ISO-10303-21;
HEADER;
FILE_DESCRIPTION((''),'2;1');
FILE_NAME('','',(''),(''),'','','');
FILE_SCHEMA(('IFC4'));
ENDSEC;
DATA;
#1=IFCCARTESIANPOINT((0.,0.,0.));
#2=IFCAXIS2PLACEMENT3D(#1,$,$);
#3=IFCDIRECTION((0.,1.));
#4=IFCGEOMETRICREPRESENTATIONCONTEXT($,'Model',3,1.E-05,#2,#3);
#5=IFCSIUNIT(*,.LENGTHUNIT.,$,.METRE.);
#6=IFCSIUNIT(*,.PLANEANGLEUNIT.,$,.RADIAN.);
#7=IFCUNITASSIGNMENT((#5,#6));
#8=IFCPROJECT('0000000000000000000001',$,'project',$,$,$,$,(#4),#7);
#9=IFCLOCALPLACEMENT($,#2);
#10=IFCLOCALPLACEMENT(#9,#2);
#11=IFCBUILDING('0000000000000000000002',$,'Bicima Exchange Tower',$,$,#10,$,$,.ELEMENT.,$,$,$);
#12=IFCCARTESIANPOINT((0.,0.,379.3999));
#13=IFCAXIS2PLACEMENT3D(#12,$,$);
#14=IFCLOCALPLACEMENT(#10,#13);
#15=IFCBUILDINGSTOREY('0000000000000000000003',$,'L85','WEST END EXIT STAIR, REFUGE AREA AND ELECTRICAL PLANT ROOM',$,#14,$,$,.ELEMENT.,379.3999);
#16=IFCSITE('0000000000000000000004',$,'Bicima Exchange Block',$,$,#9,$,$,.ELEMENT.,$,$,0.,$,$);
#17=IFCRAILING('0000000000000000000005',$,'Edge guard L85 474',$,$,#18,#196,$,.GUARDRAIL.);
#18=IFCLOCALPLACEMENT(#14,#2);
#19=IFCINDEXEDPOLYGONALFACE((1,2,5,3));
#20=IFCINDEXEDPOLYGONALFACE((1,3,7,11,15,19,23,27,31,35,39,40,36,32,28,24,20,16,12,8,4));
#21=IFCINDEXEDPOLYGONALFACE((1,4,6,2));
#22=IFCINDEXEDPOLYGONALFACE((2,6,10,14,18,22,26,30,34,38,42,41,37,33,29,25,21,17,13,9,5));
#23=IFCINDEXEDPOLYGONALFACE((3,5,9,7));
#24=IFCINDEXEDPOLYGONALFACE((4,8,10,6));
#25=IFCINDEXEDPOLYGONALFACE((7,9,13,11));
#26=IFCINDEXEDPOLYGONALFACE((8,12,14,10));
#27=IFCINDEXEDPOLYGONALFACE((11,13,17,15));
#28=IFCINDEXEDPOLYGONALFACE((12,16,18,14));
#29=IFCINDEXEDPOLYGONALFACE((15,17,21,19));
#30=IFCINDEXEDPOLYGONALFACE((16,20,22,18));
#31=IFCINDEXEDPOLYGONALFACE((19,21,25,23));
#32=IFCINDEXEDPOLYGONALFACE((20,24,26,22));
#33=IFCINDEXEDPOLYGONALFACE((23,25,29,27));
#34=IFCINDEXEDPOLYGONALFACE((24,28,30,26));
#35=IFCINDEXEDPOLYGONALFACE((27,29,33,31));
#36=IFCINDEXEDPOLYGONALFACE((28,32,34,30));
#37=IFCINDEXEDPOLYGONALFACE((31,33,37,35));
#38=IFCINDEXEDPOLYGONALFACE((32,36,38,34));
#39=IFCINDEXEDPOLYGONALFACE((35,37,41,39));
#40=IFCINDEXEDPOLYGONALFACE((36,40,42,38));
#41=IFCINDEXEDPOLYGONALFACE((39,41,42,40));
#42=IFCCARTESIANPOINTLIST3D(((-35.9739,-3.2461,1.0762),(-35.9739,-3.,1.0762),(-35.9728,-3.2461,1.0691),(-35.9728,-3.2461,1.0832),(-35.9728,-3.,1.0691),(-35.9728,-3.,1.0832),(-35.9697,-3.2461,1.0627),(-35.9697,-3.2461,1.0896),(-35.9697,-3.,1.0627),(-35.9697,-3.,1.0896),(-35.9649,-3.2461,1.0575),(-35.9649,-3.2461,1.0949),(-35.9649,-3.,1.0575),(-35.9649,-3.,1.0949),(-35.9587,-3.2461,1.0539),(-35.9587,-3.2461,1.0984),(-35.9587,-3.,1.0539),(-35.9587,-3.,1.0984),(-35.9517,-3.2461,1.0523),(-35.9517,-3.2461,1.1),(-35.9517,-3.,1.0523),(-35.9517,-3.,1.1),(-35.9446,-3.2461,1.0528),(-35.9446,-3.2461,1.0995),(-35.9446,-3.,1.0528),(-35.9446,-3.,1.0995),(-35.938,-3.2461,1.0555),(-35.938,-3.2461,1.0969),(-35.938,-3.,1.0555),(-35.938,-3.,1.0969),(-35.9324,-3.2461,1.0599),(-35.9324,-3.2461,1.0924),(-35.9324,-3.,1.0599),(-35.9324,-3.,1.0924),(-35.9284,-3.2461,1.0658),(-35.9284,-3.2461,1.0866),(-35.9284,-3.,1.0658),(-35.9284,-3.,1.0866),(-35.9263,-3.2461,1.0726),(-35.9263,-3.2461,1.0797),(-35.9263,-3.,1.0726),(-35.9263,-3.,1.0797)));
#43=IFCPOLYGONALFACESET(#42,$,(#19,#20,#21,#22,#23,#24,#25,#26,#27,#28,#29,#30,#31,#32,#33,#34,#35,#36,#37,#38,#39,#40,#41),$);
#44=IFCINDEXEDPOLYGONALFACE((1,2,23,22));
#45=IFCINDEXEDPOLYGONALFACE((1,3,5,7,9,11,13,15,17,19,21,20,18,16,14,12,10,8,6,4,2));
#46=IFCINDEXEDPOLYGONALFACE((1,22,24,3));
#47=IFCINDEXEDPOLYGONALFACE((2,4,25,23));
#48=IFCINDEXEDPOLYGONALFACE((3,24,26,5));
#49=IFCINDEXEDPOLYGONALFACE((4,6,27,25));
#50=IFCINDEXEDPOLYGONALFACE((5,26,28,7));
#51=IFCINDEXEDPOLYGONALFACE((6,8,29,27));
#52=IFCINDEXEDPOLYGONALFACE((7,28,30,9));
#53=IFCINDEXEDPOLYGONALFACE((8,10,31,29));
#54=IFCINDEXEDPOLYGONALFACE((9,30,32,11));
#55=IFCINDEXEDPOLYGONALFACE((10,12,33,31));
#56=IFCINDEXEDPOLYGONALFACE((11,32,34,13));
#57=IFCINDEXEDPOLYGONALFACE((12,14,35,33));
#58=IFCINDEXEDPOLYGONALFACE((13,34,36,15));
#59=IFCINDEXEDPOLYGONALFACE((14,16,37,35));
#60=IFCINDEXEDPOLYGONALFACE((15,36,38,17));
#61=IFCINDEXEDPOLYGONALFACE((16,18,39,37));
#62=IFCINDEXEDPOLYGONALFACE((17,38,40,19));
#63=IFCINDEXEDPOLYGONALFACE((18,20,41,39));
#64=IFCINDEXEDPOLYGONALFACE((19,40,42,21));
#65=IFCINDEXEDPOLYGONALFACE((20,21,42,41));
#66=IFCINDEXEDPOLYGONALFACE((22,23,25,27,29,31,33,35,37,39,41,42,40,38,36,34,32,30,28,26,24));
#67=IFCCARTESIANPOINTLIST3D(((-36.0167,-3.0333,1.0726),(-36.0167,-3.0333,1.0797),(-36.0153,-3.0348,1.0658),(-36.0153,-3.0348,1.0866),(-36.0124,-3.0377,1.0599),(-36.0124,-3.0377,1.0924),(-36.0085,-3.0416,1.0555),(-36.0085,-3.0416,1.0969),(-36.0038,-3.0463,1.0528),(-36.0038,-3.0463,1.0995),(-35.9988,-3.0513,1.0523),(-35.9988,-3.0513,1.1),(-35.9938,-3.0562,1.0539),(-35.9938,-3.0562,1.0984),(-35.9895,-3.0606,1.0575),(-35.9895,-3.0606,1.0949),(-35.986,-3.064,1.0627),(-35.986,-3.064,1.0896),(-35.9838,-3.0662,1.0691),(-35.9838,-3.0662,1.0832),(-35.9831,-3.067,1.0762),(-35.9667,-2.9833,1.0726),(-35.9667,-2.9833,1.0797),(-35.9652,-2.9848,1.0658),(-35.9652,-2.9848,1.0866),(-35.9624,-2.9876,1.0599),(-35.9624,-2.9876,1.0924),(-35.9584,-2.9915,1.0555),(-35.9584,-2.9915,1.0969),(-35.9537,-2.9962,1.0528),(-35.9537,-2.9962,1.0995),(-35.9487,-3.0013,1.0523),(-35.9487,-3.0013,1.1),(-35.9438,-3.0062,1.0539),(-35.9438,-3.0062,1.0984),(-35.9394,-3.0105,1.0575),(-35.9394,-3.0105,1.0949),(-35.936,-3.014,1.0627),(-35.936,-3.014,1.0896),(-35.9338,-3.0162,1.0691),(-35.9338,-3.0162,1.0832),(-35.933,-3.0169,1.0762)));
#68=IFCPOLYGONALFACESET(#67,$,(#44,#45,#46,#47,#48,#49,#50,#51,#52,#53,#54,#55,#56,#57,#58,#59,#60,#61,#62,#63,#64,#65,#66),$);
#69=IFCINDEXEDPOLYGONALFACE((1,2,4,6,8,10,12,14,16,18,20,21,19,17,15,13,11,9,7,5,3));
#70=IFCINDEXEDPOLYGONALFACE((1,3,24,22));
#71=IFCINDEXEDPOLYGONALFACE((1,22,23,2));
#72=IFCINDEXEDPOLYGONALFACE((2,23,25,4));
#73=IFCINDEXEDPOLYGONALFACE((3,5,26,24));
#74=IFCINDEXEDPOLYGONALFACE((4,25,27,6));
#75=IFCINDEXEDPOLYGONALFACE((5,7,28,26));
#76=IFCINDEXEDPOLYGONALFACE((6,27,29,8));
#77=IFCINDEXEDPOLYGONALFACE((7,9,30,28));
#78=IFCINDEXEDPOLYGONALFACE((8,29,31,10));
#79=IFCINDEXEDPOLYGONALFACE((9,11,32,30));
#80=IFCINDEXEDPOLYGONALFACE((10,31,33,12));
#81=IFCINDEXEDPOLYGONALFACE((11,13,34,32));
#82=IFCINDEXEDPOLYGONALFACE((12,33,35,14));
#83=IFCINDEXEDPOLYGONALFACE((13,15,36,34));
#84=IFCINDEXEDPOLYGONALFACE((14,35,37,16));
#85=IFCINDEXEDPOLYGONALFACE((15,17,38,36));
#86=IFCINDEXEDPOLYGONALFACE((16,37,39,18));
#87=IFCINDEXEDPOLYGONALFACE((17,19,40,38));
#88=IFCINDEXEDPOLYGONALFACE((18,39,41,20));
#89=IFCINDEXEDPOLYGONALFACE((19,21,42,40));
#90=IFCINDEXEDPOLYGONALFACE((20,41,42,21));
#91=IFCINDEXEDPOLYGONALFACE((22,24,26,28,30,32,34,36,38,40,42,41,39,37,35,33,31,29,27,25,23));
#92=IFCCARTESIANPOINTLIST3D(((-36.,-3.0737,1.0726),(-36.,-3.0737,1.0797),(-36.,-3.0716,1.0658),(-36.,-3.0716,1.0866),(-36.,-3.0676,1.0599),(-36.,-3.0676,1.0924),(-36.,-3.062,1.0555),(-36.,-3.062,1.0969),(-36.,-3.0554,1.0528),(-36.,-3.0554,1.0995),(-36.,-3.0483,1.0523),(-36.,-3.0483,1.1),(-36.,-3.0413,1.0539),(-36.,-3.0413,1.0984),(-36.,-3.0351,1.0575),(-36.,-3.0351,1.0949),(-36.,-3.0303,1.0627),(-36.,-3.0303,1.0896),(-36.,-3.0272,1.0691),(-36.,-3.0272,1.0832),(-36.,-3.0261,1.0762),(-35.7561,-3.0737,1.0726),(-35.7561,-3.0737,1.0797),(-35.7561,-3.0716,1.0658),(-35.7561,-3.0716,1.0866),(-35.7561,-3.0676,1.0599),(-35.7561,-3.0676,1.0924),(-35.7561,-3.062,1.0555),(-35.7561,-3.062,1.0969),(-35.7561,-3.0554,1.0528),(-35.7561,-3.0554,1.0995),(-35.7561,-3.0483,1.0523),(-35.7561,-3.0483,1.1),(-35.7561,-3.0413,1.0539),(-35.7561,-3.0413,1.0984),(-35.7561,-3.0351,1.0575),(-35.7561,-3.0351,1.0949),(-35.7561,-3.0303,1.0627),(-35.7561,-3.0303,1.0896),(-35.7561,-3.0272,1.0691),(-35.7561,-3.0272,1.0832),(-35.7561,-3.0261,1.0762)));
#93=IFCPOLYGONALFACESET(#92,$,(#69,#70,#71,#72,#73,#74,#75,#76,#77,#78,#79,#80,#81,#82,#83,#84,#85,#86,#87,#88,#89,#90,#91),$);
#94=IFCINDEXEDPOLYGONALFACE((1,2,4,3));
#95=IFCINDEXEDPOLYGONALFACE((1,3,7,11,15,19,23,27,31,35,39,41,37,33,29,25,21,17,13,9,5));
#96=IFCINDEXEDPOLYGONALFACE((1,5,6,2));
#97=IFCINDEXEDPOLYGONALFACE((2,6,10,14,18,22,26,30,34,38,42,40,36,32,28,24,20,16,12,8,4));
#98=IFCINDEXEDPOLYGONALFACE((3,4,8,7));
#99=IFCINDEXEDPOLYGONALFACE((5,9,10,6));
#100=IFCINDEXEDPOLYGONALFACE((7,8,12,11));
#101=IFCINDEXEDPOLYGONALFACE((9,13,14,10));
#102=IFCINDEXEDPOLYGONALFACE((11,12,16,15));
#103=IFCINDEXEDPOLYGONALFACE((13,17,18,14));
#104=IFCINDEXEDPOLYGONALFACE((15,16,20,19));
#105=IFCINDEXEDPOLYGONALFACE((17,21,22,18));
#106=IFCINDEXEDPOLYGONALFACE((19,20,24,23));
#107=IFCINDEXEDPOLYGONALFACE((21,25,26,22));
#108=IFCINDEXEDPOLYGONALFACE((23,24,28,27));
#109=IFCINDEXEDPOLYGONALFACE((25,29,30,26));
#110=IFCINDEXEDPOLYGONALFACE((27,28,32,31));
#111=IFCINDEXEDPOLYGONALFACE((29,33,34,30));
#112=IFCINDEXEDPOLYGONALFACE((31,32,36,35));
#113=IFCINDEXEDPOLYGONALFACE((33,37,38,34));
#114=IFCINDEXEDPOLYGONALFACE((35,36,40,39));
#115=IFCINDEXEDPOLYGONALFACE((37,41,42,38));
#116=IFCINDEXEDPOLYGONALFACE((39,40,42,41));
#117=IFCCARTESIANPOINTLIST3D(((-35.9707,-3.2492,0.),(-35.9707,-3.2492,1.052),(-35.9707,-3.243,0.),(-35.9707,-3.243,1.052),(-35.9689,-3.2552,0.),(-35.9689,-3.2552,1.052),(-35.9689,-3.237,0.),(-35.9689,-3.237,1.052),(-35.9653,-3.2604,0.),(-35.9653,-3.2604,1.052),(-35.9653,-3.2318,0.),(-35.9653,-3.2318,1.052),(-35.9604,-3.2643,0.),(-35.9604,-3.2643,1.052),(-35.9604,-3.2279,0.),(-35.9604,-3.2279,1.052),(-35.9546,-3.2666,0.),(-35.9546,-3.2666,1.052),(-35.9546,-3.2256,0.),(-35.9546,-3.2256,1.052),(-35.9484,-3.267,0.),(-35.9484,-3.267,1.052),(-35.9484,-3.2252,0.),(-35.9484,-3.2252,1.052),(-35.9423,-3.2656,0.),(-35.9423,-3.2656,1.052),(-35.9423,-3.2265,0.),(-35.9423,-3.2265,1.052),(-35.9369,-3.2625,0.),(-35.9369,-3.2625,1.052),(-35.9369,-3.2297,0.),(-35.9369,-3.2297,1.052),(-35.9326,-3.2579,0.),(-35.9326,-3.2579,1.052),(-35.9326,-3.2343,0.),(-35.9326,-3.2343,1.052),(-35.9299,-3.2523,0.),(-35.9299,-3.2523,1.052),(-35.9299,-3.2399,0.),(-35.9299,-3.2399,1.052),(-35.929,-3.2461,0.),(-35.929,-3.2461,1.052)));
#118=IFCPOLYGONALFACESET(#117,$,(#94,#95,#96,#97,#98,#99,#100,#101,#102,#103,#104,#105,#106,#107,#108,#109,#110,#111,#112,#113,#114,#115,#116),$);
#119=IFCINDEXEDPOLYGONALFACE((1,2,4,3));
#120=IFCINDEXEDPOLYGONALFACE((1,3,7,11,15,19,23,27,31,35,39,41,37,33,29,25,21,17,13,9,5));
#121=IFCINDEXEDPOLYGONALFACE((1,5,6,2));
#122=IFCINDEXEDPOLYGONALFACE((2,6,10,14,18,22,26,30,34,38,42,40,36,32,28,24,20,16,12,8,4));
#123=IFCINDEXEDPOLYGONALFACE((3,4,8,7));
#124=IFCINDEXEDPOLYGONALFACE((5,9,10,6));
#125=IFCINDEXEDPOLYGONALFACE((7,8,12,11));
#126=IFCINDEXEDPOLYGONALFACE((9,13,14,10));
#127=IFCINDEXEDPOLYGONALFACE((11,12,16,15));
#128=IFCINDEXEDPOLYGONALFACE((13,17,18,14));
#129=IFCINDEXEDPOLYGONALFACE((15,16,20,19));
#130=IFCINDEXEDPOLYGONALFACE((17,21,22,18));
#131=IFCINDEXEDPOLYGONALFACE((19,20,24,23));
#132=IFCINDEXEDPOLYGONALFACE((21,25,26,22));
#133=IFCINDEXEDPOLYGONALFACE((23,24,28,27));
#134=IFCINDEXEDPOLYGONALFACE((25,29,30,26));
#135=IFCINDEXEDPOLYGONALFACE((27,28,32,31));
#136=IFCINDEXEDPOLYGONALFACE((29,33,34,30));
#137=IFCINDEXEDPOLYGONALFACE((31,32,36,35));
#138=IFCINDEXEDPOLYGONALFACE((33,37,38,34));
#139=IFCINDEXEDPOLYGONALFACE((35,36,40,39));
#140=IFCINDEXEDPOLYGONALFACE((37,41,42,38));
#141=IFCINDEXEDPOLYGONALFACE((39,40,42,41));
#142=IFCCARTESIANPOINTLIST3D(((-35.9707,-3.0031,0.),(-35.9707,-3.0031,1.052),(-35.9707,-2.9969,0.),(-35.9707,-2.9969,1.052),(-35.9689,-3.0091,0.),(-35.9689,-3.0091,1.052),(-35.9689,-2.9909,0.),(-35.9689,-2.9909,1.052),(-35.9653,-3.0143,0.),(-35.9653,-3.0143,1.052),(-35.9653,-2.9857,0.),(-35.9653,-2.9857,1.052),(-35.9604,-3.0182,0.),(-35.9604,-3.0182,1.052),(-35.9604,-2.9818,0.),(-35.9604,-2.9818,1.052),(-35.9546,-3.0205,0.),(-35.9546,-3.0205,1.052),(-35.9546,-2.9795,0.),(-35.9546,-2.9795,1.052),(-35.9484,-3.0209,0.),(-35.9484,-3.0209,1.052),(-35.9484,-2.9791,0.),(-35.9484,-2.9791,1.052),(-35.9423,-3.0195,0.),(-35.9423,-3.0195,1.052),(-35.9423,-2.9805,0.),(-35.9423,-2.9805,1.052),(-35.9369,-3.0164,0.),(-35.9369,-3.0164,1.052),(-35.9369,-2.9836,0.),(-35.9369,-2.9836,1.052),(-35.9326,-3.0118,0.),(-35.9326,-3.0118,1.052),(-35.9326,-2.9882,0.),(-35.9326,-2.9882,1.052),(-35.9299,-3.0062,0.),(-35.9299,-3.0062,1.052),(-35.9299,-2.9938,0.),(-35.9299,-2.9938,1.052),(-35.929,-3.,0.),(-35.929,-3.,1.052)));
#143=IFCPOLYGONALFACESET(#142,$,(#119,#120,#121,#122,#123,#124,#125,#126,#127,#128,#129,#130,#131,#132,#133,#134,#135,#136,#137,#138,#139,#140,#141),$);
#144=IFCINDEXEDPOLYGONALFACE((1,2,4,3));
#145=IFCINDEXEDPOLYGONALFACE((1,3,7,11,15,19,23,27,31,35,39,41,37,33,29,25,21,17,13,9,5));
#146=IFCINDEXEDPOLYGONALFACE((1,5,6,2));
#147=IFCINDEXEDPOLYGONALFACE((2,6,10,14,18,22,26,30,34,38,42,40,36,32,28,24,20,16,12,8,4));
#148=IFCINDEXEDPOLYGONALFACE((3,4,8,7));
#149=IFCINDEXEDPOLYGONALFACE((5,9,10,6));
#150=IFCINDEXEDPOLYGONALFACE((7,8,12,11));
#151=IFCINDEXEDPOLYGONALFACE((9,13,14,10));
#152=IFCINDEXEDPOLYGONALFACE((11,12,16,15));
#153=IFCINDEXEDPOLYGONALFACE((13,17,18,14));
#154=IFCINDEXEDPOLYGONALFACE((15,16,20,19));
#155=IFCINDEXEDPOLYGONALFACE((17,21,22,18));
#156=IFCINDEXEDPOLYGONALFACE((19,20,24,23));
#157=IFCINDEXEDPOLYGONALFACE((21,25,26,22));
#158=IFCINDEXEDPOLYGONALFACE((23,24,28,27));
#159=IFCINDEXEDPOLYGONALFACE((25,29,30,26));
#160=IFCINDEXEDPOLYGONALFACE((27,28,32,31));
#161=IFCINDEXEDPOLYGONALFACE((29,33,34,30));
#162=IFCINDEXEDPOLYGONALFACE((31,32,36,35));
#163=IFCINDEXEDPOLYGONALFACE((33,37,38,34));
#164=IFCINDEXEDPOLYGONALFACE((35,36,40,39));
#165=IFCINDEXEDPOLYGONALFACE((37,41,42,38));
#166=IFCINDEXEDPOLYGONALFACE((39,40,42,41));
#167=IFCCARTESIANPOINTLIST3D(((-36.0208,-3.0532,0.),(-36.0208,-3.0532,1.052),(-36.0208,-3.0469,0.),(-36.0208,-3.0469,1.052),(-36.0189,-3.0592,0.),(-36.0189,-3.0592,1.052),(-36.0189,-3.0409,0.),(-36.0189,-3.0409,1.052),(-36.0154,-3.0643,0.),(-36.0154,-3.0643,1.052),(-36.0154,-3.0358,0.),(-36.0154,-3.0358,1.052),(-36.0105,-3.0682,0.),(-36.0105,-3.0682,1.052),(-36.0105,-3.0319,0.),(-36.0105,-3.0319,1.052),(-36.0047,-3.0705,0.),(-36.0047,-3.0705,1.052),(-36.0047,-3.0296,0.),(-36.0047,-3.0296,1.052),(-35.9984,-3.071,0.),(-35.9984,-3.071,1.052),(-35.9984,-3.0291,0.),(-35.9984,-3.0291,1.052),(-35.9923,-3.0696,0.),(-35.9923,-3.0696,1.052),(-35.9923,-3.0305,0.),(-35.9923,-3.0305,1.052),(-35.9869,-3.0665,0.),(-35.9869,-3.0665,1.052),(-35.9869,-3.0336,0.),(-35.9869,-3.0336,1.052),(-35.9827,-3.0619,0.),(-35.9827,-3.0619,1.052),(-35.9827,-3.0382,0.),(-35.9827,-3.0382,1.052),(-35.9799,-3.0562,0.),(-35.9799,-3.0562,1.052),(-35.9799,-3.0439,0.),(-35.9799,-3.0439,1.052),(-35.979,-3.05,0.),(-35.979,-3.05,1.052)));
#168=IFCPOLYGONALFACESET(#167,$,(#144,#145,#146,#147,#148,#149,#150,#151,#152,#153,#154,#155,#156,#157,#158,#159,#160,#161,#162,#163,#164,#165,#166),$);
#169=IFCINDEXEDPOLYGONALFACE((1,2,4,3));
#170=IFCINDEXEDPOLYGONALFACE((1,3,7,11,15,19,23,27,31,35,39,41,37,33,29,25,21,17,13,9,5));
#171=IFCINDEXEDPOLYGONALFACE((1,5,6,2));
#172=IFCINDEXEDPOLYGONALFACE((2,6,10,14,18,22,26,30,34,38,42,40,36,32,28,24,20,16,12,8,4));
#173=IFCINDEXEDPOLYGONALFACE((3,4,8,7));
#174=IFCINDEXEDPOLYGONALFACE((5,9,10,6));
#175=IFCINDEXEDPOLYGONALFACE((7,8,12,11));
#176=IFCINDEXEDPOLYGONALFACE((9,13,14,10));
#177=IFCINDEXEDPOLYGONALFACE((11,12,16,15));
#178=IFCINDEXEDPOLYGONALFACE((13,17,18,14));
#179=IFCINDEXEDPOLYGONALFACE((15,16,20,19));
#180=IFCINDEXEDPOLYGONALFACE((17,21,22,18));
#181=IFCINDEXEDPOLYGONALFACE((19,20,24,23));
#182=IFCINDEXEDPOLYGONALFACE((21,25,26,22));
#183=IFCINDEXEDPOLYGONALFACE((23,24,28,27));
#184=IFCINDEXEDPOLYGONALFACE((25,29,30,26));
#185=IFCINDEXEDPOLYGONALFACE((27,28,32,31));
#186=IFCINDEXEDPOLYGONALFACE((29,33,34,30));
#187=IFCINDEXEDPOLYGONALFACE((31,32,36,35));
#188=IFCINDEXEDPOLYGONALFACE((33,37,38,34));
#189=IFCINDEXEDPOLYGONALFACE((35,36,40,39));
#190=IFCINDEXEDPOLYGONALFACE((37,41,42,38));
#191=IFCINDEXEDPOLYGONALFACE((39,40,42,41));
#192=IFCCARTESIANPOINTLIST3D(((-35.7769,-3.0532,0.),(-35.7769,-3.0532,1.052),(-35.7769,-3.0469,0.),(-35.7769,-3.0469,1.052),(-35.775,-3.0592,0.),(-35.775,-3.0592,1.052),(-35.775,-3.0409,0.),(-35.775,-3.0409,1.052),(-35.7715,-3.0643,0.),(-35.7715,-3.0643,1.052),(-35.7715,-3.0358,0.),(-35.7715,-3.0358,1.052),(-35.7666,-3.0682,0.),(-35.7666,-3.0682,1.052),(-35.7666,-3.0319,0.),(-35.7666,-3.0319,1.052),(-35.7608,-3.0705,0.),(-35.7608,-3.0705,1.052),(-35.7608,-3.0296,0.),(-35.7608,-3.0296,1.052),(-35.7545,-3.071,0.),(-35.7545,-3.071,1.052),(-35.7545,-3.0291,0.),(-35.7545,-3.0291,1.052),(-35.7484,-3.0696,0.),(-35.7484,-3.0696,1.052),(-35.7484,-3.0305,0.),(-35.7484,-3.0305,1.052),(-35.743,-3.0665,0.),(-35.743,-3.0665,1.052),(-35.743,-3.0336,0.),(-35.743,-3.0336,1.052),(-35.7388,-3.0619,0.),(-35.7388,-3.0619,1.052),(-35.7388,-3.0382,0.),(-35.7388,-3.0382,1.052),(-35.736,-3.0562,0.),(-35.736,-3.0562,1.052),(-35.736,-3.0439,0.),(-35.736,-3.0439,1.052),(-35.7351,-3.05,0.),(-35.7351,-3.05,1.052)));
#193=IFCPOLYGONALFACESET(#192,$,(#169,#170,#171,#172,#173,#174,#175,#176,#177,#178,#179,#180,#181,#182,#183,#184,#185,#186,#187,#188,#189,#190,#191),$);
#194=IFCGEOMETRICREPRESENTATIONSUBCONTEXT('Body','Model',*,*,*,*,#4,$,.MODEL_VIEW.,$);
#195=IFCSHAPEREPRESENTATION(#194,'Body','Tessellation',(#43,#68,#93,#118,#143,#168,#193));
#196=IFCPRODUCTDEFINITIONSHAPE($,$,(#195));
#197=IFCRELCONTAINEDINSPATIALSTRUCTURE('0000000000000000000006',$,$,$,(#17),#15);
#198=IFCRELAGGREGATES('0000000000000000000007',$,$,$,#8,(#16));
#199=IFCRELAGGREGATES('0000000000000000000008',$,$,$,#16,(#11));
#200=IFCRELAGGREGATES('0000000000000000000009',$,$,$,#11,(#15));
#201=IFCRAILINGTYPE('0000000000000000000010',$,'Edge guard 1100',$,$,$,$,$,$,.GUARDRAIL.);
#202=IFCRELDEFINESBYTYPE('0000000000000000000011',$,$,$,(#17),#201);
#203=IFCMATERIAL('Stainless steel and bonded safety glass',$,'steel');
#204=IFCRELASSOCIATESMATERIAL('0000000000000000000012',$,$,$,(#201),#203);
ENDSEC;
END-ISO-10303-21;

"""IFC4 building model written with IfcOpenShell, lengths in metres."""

from ifc_helpers import new_model, si_unit, direction, frame, origin, origin_2d, place, context, subcontext, project, spatial, circle, extrude, material, type_object, element, save


model = new_model("IFC4")

# Units and contexts
model_context = context("Model", 3, precision=1e-05, world=origin(), true_north=direction((0.0, 1.0)))
body_context = subcontext(model_context, "Body", "Model", "MODEL_VIEW")
ifc_project = project(units=[si_unit("LENGTHUNIT", "METRE"), si_unit("PLANEANGLEUNIT", "RADIAN")], contexts=[model_context])

# Site, building, storey
site_placement = place(None, origin())
site = spatial("IfcSite", under=ifc_project, at=site_placement, Name="Bicima Exchange Block", CompositionType="ELEMENT", RefElevation=0.0)
building_placement = place(site_placement, origin())
building = spatial("IfcBuilding", under=site, at=building_placement, Name="Bicima Exchange Tower", CompositionType="ELEMENT")
storey_placement = place(building_placement, frame((0.0, 0.0, 379.3999)))
storey = spatial("IfcBuildingStorey", under=building, at=storey_placement, Name="L85", Description="WEST END EXIT STAIR, REFUGE AREA AND ELECTRICAL PLANT ROOM", CompositionType="ELEMENT", Elevation=379.3999)

# Railing
ifc_material_1 = material(Name="Stainless steel and bonded safety glass", Category="steel")
railing_type = type_object("IfcRailingType", Name="Edge guard 1100", PredefinedType="GUARDRAIL", material=ifc_material_1)
railing_1_placement = place(storey_placement, frame((-35.95, -3.2461, 0.0)))
element("IfcRailing", 1, at=railing_1_placement, inside=storey, type_object=railing_type, Name="Edge guard L85 474", PredefinedType="GUARDRAIL", context=body_context, shape_type="SweptSolid", body=[
    extrude(circle(Radius=0.0239, at=origin_2d()), frame((0.0, 0.0, 1.0762), z_axis=(0.0, 1.0, 0.0), x_axis=(-1.0, 0.0, 0.0)), (0.0, 0.0, 1.0), 0.2461),
    extrude(circle(Radius=0.0239, at=origin_2d()), frame((0.0, 0.2461, 1.0762), z_axis=(-0.707107, -0.707107, 0.0), x_axis=(0.707107, -0.707107, 0.0)), (0.0, 0.0, 1.0), 0.0708),
    extrude(circle(Radius=0.0239, at=origin_2d()), frame((-0.05, 0.196, 1.0762), z_axis=(1.0, 0.0, 0.0), x_axis=(0.0, 1.0, 0.0)), (0.0, 0.0, 1.0), 0.2439),
    extrude(circle(Radius=0.021, at=origin_2d()), origin(), (0.0, 0.0, 1.0), 1.052),
    extrude(circle(Radius=0.021, at=origin_2d()), frame((0.0, 0.2461, 0.0)), (0.0, 0.0, 1.0), 1.052),
    extrude(circle(Radius=0.021, at=origin_2d()), frame((-0.05, 0.196, 0.0)), (0.0, 0.0, 1.0), 1.052),
    extrude(circle(Radius=0.021, at=origin_2d()), frame((0.1938, 0.196, 0.0)), (0.0, 0.0, 1.0), 1.052),
])

save(model, "model.ifc")
